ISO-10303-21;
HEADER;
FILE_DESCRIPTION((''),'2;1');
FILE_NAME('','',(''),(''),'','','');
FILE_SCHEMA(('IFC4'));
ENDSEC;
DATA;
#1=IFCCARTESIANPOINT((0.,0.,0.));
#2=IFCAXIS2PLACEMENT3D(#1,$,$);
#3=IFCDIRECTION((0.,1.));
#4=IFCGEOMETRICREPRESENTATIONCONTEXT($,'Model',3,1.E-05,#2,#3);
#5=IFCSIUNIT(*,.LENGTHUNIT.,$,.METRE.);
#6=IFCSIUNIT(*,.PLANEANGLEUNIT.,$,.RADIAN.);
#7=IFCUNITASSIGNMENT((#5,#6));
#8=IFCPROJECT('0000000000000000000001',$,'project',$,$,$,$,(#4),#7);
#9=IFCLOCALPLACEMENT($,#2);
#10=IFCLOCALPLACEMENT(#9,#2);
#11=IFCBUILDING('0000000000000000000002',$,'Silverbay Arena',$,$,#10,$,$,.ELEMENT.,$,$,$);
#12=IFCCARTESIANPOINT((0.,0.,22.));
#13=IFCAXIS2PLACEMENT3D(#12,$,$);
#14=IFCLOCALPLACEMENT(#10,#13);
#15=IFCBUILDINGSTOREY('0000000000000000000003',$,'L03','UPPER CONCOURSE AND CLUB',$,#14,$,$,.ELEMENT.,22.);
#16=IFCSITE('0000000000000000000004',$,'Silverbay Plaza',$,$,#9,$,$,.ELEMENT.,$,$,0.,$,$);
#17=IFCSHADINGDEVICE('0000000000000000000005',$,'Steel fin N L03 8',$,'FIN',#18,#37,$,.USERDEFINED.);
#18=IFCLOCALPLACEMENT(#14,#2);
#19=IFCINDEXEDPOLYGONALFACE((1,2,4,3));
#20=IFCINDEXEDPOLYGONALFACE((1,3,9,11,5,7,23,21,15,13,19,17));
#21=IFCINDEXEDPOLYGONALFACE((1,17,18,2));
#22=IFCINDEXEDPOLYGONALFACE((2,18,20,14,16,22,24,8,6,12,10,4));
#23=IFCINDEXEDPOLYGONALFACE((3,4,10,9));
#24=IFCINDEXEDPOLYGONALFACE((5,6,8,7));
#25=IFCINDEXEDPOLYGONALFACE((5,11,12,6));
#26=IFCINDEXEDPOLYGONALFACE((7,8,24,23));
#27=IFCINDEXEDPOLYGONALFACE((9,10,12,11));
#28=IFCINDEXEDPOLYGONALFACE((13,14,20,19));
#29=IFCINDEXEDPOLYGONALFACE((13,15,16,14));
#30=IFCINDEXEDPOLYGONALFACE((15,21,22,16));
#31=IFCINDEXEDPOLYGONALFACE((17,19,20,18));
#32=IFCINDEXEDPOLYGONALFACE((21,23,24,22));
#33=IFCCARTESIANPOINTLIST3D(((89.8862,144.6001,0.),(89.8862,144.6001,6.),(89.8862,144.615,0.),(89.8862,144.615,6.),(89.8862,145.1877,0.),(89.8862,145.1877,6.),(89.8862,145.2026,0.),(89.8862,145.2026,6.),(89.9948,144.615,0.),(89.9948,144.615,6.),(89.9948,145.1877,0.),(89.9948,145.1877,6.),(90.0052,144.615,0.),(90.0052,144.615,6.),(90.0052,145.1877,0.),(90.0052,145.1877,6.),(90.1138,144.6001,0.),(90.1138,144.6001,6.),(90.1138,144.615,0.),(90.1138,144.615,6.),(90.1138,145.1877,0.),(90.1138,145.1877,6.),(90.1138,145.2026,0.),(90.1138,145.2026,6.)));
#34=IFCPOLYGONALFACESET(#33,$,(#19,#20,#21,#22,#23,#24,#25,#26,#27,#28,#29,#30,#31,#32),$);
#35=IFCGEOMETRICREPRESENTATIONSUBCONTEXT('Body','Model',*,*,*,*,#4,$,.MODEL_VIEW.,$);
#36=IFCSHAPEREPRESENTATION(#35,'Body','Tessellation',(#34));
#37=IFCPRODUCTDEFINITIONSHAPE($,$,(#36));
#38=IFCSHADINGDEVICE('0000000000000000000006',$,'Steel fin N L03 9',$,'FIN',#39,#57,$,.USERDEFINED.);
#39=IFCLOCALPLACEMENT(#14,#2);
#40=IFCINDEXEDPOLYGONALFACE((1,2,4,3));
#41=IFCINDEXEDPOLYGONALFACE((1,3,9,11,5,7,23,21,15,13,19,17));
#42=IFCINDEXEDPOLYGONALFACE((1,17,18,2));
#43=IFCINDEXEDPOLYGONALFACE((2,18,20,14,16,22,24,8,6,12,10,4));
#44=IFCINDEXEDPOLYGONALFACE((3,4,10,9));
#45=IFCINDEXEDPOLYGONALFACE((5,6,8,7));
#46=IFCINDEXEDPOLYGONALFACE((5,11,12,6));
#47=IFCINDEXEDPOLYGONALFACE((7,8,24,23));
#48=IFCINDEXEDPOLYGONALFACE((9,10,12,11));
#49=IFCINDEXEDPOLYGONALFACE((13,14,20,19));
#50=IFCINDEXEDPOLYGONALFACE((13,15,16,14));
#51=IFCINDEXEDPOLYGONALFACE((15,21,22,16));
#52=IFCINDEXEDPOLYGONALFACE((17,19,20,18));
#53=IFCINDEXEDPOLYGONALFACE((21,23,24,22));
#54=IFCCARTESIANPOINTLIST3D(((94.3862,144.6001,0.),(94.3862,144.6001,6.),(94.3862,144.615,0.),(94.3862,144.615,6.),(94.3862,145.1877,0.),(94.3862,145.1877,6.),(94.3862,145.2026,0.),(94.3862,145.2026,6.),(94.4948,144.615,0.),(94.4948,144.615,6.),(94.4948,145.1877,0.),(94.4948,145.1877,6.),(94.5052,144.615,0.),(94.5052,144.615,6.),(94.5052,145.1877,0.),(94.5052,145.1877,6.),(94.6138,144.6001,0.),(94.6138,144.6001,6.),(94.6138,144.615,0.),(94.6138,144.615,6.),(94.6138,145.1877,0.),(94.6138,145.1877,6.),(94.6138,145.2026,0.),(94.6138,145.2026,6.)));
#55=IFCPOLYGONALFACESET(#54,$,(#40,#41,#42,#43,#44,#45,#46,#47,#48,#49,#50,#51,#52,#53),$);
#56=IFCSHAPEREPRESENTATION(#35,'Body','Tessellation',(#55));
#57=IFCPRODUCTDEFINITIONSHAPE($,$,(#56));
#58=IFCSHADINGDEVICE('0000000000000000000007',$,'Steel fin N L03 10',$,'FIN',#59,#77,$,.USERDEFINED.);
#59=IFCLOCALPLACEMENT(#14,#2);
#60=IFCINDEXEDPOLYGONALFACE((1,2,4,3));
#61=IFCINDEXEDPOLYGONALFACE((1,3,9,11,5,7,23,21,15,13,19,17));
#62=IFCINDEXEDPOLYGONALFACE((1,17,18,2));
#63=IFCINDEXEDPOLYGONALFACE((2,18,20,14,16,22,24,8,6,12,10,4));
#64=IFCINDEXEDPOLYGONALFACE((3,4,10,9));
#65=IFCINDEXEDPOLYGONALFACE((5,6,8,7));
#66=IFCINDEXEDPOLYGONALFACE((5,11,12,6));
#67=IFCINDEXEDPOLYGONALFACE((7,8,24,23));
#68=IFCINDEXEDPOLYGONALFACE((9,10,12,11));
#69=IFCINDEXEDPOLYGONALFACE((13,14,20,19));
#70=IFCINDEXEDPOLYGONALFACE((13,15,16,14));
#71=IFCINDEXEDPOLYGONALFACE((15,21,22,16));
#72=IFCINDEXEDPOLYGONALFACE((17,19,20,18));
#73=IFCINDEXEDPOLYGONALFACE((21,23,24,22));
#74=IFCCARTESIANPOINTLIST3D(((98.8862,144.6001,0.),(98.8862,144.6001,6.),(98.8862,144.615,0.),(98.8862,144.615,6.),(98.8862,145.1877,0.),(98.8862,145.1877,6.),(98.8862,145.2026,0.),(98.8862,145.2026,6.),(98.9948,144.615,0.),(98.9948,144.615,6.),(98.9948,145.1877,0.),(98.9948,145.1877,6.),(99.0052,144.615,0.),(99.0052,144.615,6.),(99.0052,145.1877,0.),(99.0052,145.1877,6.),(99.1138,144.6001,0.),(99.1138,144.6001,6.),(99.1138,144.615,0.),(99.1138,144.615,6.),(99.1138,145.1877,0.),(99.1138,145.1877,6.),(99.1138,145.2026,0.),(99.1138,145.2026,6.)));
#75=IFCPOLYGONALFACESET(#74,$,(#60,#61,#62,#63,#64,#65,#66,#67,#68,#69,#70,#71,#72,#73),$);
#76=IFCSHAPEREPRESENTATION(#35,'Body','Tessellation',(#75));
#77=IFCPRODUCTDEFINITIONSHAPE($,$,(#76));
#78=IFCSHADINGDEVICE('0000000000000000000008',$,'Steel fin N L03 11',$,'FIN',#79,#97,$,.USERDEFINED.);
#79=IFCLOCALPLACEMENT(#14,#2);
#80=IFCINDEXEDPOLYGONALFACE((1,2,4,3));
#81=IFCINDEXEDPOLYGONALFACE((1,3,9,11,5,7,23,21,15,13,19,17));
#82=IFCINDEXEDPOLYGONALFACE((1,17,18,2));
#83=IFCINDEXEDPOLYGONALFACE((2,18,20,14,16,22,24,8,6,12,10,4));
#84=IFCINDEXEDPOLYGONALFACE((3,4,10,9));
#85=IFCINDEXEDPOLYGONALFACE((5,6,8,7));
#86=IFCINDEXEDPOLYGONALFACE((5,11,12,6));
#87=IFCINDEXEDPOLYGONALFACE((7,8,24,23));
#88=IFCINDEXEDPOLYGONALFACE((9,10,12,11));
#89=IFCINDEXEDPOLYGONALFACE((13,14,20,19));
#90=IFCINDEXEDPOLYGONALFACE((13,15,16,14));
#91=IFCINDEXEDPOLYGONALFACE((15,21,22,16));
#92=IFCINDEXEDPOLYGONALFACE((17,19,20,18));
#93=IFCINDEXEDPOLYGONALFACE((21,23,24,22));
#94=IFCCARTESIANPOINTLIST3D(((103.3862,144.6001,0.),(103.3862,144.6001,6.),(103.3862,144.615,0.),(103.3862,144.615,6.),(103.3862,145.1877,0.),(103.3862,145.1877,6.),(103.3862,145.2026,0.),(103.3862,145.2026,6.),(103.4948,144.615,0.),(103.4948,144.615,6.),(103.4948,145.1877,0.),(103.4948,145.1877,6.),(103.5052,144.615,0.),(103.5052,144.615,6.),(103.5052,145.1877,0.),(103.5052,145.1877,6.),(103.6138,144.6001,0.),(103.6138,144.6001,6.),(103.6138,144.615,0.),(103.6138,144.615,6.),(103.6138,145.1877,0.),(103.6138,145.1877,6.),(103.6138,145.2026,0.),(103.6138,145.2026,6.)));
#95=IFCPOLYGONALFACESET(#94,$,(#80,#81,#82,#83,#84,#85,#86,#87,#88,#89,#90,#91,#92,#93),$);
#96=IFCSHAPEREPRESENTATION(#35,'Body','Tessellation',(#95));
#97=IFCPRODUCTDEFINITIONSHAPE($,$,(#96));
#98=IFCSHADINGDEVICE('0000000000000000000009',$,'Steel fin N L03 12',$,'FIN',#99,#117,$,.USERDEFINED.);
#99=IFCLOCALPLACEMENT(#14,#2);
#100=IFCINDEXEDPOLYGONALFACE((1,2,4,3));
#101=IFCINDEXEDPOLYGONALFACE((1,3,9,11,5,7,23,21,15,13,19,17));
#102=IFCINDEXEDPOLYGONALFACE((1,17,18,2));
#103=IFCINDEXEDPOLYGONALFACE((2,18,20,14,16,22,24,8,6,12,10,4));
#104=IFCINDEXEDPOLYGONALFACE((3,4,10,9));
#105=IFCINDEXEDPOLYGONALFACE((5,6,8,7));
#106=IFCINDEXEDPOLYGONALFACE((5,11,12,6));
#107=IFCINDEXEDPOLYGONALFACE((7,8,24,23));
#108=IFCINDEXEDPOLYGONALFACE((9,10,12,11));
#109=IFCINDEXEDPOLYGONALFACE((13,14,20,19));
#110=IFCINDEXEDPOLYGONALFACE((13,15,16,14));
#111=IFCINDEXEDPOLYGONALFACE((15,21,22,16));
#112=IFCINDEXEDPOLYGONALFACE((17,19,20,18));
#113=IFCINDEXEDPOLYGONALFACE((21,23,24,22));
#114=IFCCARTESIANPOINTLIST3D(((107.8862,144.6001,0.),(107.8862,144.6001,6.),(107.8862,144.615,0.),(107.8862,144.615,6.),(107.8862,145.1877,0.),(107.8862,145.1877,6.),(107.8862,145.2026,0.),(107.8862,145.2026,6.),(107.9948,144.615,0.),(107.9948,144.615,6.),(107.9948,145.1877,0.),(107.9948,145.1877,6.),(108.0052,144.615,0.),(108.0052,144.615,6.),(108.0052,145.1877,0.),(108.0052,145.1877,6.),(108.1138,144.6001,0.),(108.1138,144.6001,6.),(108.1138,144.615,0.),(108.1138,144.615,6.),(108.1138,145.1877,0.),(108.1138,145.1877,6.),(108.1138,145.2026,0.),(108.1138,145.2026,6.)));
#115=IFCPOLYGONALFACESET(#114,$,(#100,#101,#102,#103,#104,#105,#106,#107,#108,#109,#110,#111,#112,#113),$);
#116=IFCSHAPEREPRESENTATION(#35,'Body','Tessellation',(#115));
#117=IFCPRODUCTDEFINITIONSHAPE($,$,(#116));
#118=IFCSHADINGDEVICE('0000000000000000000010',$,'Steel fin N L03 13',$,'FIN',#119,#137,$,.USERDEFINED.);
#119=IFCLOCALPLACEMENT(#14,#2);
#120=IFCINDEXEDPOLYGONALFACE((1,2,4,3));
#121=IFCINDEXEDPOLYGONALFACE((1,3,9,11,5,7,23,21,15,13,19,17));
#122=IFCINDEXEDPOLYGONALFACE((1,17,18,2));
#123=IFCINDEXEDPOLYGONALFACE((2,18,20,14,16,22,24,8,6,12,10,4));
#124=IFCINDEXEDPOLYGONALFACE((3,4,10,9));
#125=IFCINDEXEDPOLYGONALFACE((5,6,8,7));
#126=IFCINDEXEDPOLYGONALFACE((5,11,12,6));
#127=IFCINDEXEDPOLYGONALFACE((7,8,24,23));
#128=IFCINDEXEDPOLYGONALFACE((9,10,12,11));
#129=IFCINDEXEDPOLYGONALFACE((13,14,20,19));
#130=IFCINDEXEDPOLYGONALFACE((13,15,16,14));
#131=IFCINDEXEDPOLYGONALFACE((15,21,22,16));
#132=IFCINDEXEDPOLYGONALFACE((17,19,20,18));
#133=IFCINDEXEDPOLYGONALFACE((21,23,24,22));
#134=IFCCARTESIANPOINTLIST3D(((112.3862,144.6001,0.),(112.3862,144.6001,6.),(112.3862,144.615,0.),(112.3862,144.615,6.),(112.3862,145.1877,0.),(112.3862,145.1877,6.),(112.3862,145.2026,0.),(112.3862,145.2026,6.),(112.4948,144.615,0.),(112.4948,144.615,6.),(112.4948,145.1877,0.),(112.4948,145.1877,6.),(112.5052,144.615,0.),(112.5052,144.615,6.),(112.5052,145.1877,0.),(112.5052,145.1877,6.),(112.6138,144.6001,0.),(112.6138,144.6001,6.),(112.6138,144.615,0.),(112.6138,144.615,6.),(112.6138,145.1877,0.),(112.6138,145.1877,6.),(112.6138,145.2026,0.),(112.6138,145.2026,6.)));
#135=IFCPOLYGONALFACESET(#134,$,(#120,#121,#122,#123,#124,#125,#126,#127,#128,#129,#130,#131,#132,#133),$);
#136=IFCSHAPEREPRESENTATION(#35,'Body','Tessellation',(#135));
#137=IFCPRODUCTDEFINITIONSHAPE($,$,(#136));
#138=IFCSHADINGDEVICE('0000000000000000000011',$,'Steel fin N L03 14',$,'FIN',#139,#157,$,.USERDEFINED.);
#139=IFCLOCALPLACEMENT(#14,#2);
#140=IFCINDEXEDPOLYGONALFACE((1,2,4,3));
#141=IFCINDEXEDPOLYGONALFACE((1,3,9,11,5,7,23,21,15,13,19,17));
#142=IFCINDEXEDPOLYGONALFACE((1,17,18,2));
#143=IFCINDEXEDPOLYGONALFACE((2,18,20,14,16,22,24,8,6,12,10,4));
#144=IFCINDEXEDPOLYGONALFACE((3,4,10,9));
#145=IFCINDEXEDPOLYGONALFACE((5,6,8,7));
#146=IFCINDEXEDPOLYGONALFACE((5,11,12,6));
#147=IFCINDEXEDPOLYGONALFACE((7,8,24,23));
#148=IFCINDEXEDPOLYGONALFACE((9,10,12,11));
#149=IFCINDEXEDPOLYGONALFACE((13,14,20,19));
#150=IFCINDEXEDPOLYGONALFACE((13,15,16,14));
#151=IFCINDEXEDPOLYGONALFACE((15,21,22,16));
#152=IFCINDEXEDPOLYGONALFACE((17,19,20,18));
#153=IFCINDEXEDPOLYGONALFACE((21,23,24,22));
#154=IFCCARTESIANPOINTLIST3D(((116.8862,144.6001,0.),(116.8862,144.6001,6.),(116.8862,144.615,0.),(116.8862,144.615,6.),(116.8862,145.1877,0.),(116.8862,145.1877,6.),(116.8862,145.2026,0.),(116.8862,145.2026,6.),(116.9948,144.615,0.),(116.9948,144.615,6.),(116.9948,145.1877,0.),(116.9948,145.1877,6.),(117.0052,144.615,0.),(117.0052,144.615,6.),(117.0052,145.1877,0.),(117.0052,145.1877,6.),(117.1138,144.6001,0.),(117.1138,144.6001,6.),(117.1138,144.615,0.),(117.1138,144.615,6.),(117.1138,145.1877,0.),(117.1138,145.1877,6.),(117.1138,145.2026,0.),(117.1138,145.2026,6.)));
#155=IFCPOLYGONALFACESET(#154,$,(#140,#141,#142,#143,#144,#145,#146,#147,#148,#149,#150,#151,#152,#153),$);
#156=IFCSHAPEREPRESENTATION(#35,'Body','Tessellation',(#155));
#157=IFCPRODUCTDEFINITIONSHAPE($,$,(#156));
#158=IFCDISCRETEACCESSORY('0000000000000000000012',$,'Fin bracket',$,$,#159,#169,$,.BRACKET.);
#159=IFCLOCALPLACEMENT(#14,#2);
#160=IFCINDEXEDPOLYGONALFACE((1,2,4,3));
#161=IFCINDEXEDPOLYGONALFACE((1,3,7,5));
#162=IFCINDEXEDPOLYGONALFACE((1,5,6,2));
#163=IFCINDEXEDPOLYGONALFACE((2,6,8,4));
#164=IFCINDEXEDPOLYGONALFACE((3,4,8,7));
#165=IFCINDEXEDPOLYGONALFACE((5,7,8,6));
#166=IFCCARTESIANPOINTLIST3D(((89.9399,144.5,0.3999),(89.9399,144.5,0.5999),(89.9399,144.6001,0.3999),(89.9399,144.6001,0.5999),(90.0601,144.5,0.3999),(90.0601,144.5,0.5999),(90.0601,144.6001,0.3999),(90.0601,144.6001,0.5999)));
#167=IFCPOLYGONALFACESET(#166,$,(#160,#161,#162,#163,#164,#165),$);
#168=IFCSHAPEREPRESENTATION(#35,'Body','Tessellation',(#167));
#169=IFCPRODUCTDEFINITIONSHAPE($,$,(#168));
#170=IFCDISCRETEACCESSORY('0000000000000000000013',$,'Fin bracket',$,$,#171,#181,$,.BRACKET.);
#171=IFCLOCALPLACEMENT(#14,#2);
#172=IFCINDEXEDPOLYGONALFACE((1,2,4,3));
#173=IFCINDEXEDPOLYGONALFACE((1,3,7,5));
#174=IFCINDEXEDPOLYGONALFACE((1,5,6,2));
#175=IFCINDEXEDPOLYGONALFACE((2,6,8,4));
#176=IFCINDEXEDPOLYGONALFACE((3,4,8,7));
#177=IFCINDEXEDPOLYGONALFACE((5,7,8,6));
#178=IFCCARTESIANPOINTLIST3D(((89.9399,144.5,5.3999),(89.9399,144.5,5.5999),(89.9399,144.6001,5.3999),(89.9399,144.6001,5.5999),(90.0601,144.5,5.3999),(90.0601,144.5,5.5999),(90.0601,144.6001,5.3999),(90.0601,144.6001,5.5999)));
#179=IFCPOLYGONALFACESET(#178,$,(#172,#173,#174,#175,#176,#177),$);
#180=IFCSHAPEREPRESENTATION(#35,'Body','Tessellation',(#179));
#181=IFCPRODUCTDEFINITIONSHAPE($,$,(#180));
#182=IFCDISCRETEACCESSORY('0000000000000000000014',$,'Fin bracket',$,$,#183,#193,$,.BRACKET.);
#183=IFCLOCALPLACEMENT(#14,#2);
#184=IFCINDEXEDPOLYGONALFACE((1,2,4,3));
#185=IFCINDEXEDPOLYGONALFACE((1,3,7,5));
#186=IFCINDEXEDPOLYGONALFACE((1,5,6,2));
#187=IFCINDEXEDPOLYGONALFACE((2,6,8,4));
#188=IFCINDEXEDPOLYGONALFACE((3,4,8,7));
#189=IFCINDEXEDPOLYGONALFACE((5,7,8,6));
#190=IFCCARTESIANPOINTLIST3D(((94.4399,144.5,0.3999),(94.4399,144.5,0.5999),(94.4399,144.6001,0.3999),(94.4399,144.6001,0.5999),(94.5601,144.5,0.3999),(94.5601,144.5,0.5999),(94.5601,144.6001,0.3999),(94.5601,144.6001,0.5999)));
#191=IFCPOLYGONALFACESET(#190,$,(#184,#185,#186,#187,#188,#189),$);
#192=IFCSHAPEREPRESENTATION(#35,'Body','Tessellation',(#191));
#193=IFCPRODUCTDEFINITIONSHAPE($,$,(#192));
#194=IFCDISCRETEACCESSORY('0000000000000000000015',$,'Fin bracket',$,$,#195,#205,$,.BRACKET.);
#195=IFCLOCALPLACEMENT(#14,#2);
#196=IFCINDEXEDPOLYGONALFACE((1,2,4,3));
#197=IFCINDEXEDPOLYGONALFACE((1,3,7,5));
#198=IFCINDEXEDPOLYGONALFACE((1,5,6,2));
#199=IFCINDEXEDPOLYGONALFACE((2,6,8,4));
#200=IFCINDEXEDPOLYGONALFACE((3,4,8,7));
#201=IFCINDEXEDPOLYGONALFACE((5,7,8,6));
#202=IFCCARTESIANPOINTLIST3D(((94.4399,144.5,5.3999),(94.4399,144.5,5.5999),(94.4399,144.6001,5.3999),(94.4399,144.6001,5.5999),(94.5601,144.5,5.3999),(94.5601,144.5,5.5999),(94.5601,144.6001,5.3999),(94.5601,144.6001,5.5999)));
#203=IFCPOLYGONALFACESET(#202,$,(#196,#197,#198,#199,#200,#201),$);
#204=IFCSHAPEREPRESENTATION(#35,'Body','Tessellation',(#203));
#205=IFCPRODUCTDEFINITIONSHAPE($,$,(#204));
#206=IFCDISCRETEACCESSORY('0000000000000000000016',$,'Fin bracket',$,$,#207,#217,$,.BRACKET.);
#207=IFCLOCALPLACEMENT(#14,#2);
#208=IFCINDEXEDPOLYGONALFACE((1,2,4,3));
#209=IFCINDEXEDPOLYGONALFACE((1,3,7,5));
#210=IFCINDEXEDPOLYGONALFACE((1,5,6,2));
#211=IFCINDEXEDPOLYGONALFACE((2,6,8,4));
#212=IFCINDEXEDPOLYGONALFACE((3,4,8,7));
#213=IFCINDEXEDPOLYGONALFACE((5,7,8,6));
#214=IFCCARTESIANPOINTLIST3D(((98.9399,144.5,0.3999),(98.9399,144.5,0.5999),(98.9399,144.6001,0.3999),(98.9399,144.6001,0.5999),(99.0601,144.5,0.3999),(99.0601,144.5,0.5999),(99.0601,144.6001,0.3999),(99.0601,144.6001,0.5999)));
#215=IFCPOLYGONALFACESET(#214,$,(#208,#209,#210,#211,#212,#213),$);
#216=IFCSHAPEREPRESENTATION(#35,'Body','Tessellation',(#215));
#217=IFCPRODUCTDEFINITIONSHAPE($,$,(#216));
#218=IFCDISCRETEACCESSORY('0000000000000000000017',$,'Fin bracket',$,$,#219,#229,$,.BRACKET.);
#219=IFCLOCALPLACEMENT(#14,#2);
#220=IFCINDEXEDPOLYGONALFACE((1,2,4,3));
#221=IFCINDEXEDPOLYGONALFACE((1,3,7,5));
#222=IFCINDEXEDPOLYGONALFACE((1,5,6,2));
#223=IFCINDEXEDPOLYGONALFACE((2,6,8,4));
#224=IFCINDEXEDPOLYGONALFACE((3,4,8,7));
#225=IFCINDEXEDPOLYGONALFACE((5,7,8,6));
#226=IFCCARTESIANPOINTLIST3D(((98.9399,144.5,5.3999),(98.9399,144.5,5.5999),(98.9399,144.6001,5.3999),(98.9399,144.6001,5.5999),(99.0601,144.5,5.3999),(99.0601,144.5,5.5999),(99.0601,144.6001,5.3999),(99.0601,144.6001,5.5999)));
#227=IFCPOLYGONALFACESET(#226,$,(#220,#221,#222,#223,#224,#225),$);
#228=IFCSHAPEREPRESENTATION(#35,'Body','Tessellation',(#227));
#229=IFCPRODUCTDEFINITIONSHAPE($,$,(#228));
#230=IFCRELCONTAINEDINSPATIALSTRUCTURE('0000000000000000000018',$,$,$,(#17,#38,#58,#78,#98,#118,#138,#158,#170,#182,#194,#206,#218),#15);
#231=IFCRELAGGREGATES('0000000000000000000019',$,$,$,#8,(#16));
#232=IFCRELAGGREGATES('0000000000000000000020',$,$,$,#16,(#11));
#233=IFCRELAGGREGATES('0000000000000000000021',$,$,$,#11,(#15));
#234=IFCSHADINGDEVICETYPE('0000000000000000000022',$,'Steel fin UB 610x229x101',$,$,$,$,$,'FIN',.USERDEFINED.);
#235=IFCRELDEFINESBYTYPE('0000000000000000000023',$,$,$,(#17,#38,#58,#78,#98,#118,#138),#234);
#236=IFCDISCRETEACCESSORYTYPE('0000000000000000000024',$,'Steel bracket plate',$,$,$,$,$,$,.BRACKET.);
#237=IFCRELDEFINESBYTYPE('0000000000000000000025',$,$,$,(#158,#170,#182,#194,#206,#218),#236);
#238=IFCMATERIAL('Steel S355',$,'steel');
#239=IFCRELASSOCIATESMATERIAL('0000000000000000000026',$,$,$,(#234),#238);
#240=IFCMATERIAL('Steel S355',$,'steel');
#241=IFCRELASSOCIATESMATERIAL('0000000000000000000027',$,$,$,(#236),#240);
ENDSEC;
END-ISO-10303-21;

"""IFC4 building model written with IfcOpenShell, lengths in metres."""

from ifc_helpers import new_model, si_unit, direction, frame, origin, origin_2d, place, context, subcontext, project, spatial, rectangle, i_section, extrude, material, material_profile, profile_set, type_object, element, save


model = new_model("IFC4")

# Units and contexts
model_context = context("Model", 3, precision=1e-05, world=origin(), true_north=direction((0.0, 1.0)))
body_context = subcontext(model_context, "Body", "Model", "MODEL_VIEW")
ifc_project = project(units=[si_unit("LENGTHUNIT", "METRE"), si_unit("PLANEANGLEUNIT", "RADIAN")], contexts=[model_context])

# Site, building, storey
site_placement = place(None, origin())
site = spatial("IfcSite", under=ifc_project, at=site_placement, Name="Silverbay Plaza", CompositionType="ELEMENT", RefElevation=0.0)
building_placement = place(site_placement, origin())
building = spatial("IfcBuilding", under=site, at=building_placement, Name="Silverbay Arena", CompositionType="ELEMENT")
storey_placement = place(building_placement, frame((0.0, 0.0, 22.0)))
storey = spatial("IfcBuildingStorey", under=building, at=storey_placement, Name="L03", Description="UPPER CONCOURSE AND CLUB", CompositionType="ELEMENT", Elevation=22.0)

# Shading devices
ifc_material_1 = material(Name="Steel S355", Category="steel")
ifc_material_profile_1 = material_profile(ifc_material_1, i_section(OverallWidth=0.2275, OverallDepth=0.6025, WebThickness=0.0105, FlangeThickness=0.0149, at=origin_2d()), Name="UB 610x229x101")
ifc_profile_set_1 = profile_set([ifc_material_profile_1], Name="Steel S355")
shading_device_type = type_object("IfcShadingDeviceType", Name="Steel fin UB 610x229x101", ElementType="FIN", PredefinedType="USERDEFINED", material=ifc_profile_set_1)
for number, where, z_axis, x_axis, name in (
    (1, (90.0, 144.9014, 0.0), (0.0, 0.0, 1.0), (1.0, 0.0, 0.0), "Steel fin N L03 8"),
    (2, (94.5, 144.9014, 0.0), (0.0, 0.0, 1.0), (1.0, 0.0, 0.0), "Steel fin N L03 9"),
    (3, (99.0, 144.9014, 0.0), (0.0, 0.0, 1.0), (1.0, 0.0, 0.0), "Steel fin N L03 10"),
    (4, (103.5, 144.9014, 0.0), (0.0, 0.0, 1.0), (1.0, 0.0, 0.0), "Steel fin N L03 11"),
    (5, (108.0, 144.9014, 0.0), (0.0, 0.0, 1.0), (1.0, 0.0, 0.0), "Steel fin N L03 12"),
    (6, (112.5, 144.9014, 0.0), (0.0, 0.0, 1.0), (1.0, 0.0, 0.0), "Steel fin N L03 13"),
    (7, (117.0, 144.9014, 0.0), (0.0, 0.0, 1.0), (1.0, 0.0, 0.0), "Steel fin N L03 14"),
):
    element("IfcShadingDevice", number, at=place(storey_placement, frame(where, z_axis=z_axis, x_axis=x_axis)), inside=storey, type_object=shading_device_type, Name=name, ObjectType="FIN", PredefinedType="USERDEFINED", context=body_context, shape_type="SweptSolid", body=[
        extrude(i_section(OverallWidth=0.2275, OverallDepth=0.6025, WebThickness=0.0105, FlangeThickness=0.0149, at=origin_2d()), origin(), (0.0, 0.0, 1.0), 6.0),
    ])

# Discrete accessories
ifc_material_2 = material(Name="Steel S355", Category="steel")
discrete_accessory_type = type_object("IfcDiscreteAccessoryType", Name="Steel bracket plate", PredefinedType="BRACKET", material=ifc_material_2)
for number, where, z_axis, x_axis, name in (
    (8, (90.0, 144.55, 0.3999), (0.0, 0.0, 1.0), (1.0, 0.0, 0.0), "Fin bracket"),
    (9, (90.0, 144.55, 5.3999), (0.0, 0.0, 1.0), (1.0, 0.0, 0.0), "Fin bracket"),
    (10, (94.5, 144.55, 0.3999), (0.0, 0.0, 1.0), (1.0, 0.0, 0.0), "Fin bracket"),
    (11, (94.5, 144.55, 5.3999), (0.0, 0.0, 1.0), (1.0, 0.0, 0.0), "Fin bracket"),
    (12, (99.0, 144.55, 0.3999), (0.0, 0.0, 1.0), (1.0, 0.0, 0.0), "Fin bracket"),
    (13, (99.0, 144.55, 5.3999), (0.0, 0.0, 1.0), (1.0, 0.0, 0.0), "Fin bracket"),
):
    element("IfcDiscreteAccessory", number, at=place(storey_placement, frame(where, z_axis=z_axis, x_axis=x_axis)), inside=storey, type_object=discrete_accessory_type, Name=name, PredefinedType="BRACKET", context=body_context, shape_type="SweptSolid", body=[
        extrude(rectangle(XDim=0.1201, YDim=0.1001, at=origin_2d()), origin(), (0.0, 0.0, 1.0), 0.2),
    ])

save(model, "model.ifc")
